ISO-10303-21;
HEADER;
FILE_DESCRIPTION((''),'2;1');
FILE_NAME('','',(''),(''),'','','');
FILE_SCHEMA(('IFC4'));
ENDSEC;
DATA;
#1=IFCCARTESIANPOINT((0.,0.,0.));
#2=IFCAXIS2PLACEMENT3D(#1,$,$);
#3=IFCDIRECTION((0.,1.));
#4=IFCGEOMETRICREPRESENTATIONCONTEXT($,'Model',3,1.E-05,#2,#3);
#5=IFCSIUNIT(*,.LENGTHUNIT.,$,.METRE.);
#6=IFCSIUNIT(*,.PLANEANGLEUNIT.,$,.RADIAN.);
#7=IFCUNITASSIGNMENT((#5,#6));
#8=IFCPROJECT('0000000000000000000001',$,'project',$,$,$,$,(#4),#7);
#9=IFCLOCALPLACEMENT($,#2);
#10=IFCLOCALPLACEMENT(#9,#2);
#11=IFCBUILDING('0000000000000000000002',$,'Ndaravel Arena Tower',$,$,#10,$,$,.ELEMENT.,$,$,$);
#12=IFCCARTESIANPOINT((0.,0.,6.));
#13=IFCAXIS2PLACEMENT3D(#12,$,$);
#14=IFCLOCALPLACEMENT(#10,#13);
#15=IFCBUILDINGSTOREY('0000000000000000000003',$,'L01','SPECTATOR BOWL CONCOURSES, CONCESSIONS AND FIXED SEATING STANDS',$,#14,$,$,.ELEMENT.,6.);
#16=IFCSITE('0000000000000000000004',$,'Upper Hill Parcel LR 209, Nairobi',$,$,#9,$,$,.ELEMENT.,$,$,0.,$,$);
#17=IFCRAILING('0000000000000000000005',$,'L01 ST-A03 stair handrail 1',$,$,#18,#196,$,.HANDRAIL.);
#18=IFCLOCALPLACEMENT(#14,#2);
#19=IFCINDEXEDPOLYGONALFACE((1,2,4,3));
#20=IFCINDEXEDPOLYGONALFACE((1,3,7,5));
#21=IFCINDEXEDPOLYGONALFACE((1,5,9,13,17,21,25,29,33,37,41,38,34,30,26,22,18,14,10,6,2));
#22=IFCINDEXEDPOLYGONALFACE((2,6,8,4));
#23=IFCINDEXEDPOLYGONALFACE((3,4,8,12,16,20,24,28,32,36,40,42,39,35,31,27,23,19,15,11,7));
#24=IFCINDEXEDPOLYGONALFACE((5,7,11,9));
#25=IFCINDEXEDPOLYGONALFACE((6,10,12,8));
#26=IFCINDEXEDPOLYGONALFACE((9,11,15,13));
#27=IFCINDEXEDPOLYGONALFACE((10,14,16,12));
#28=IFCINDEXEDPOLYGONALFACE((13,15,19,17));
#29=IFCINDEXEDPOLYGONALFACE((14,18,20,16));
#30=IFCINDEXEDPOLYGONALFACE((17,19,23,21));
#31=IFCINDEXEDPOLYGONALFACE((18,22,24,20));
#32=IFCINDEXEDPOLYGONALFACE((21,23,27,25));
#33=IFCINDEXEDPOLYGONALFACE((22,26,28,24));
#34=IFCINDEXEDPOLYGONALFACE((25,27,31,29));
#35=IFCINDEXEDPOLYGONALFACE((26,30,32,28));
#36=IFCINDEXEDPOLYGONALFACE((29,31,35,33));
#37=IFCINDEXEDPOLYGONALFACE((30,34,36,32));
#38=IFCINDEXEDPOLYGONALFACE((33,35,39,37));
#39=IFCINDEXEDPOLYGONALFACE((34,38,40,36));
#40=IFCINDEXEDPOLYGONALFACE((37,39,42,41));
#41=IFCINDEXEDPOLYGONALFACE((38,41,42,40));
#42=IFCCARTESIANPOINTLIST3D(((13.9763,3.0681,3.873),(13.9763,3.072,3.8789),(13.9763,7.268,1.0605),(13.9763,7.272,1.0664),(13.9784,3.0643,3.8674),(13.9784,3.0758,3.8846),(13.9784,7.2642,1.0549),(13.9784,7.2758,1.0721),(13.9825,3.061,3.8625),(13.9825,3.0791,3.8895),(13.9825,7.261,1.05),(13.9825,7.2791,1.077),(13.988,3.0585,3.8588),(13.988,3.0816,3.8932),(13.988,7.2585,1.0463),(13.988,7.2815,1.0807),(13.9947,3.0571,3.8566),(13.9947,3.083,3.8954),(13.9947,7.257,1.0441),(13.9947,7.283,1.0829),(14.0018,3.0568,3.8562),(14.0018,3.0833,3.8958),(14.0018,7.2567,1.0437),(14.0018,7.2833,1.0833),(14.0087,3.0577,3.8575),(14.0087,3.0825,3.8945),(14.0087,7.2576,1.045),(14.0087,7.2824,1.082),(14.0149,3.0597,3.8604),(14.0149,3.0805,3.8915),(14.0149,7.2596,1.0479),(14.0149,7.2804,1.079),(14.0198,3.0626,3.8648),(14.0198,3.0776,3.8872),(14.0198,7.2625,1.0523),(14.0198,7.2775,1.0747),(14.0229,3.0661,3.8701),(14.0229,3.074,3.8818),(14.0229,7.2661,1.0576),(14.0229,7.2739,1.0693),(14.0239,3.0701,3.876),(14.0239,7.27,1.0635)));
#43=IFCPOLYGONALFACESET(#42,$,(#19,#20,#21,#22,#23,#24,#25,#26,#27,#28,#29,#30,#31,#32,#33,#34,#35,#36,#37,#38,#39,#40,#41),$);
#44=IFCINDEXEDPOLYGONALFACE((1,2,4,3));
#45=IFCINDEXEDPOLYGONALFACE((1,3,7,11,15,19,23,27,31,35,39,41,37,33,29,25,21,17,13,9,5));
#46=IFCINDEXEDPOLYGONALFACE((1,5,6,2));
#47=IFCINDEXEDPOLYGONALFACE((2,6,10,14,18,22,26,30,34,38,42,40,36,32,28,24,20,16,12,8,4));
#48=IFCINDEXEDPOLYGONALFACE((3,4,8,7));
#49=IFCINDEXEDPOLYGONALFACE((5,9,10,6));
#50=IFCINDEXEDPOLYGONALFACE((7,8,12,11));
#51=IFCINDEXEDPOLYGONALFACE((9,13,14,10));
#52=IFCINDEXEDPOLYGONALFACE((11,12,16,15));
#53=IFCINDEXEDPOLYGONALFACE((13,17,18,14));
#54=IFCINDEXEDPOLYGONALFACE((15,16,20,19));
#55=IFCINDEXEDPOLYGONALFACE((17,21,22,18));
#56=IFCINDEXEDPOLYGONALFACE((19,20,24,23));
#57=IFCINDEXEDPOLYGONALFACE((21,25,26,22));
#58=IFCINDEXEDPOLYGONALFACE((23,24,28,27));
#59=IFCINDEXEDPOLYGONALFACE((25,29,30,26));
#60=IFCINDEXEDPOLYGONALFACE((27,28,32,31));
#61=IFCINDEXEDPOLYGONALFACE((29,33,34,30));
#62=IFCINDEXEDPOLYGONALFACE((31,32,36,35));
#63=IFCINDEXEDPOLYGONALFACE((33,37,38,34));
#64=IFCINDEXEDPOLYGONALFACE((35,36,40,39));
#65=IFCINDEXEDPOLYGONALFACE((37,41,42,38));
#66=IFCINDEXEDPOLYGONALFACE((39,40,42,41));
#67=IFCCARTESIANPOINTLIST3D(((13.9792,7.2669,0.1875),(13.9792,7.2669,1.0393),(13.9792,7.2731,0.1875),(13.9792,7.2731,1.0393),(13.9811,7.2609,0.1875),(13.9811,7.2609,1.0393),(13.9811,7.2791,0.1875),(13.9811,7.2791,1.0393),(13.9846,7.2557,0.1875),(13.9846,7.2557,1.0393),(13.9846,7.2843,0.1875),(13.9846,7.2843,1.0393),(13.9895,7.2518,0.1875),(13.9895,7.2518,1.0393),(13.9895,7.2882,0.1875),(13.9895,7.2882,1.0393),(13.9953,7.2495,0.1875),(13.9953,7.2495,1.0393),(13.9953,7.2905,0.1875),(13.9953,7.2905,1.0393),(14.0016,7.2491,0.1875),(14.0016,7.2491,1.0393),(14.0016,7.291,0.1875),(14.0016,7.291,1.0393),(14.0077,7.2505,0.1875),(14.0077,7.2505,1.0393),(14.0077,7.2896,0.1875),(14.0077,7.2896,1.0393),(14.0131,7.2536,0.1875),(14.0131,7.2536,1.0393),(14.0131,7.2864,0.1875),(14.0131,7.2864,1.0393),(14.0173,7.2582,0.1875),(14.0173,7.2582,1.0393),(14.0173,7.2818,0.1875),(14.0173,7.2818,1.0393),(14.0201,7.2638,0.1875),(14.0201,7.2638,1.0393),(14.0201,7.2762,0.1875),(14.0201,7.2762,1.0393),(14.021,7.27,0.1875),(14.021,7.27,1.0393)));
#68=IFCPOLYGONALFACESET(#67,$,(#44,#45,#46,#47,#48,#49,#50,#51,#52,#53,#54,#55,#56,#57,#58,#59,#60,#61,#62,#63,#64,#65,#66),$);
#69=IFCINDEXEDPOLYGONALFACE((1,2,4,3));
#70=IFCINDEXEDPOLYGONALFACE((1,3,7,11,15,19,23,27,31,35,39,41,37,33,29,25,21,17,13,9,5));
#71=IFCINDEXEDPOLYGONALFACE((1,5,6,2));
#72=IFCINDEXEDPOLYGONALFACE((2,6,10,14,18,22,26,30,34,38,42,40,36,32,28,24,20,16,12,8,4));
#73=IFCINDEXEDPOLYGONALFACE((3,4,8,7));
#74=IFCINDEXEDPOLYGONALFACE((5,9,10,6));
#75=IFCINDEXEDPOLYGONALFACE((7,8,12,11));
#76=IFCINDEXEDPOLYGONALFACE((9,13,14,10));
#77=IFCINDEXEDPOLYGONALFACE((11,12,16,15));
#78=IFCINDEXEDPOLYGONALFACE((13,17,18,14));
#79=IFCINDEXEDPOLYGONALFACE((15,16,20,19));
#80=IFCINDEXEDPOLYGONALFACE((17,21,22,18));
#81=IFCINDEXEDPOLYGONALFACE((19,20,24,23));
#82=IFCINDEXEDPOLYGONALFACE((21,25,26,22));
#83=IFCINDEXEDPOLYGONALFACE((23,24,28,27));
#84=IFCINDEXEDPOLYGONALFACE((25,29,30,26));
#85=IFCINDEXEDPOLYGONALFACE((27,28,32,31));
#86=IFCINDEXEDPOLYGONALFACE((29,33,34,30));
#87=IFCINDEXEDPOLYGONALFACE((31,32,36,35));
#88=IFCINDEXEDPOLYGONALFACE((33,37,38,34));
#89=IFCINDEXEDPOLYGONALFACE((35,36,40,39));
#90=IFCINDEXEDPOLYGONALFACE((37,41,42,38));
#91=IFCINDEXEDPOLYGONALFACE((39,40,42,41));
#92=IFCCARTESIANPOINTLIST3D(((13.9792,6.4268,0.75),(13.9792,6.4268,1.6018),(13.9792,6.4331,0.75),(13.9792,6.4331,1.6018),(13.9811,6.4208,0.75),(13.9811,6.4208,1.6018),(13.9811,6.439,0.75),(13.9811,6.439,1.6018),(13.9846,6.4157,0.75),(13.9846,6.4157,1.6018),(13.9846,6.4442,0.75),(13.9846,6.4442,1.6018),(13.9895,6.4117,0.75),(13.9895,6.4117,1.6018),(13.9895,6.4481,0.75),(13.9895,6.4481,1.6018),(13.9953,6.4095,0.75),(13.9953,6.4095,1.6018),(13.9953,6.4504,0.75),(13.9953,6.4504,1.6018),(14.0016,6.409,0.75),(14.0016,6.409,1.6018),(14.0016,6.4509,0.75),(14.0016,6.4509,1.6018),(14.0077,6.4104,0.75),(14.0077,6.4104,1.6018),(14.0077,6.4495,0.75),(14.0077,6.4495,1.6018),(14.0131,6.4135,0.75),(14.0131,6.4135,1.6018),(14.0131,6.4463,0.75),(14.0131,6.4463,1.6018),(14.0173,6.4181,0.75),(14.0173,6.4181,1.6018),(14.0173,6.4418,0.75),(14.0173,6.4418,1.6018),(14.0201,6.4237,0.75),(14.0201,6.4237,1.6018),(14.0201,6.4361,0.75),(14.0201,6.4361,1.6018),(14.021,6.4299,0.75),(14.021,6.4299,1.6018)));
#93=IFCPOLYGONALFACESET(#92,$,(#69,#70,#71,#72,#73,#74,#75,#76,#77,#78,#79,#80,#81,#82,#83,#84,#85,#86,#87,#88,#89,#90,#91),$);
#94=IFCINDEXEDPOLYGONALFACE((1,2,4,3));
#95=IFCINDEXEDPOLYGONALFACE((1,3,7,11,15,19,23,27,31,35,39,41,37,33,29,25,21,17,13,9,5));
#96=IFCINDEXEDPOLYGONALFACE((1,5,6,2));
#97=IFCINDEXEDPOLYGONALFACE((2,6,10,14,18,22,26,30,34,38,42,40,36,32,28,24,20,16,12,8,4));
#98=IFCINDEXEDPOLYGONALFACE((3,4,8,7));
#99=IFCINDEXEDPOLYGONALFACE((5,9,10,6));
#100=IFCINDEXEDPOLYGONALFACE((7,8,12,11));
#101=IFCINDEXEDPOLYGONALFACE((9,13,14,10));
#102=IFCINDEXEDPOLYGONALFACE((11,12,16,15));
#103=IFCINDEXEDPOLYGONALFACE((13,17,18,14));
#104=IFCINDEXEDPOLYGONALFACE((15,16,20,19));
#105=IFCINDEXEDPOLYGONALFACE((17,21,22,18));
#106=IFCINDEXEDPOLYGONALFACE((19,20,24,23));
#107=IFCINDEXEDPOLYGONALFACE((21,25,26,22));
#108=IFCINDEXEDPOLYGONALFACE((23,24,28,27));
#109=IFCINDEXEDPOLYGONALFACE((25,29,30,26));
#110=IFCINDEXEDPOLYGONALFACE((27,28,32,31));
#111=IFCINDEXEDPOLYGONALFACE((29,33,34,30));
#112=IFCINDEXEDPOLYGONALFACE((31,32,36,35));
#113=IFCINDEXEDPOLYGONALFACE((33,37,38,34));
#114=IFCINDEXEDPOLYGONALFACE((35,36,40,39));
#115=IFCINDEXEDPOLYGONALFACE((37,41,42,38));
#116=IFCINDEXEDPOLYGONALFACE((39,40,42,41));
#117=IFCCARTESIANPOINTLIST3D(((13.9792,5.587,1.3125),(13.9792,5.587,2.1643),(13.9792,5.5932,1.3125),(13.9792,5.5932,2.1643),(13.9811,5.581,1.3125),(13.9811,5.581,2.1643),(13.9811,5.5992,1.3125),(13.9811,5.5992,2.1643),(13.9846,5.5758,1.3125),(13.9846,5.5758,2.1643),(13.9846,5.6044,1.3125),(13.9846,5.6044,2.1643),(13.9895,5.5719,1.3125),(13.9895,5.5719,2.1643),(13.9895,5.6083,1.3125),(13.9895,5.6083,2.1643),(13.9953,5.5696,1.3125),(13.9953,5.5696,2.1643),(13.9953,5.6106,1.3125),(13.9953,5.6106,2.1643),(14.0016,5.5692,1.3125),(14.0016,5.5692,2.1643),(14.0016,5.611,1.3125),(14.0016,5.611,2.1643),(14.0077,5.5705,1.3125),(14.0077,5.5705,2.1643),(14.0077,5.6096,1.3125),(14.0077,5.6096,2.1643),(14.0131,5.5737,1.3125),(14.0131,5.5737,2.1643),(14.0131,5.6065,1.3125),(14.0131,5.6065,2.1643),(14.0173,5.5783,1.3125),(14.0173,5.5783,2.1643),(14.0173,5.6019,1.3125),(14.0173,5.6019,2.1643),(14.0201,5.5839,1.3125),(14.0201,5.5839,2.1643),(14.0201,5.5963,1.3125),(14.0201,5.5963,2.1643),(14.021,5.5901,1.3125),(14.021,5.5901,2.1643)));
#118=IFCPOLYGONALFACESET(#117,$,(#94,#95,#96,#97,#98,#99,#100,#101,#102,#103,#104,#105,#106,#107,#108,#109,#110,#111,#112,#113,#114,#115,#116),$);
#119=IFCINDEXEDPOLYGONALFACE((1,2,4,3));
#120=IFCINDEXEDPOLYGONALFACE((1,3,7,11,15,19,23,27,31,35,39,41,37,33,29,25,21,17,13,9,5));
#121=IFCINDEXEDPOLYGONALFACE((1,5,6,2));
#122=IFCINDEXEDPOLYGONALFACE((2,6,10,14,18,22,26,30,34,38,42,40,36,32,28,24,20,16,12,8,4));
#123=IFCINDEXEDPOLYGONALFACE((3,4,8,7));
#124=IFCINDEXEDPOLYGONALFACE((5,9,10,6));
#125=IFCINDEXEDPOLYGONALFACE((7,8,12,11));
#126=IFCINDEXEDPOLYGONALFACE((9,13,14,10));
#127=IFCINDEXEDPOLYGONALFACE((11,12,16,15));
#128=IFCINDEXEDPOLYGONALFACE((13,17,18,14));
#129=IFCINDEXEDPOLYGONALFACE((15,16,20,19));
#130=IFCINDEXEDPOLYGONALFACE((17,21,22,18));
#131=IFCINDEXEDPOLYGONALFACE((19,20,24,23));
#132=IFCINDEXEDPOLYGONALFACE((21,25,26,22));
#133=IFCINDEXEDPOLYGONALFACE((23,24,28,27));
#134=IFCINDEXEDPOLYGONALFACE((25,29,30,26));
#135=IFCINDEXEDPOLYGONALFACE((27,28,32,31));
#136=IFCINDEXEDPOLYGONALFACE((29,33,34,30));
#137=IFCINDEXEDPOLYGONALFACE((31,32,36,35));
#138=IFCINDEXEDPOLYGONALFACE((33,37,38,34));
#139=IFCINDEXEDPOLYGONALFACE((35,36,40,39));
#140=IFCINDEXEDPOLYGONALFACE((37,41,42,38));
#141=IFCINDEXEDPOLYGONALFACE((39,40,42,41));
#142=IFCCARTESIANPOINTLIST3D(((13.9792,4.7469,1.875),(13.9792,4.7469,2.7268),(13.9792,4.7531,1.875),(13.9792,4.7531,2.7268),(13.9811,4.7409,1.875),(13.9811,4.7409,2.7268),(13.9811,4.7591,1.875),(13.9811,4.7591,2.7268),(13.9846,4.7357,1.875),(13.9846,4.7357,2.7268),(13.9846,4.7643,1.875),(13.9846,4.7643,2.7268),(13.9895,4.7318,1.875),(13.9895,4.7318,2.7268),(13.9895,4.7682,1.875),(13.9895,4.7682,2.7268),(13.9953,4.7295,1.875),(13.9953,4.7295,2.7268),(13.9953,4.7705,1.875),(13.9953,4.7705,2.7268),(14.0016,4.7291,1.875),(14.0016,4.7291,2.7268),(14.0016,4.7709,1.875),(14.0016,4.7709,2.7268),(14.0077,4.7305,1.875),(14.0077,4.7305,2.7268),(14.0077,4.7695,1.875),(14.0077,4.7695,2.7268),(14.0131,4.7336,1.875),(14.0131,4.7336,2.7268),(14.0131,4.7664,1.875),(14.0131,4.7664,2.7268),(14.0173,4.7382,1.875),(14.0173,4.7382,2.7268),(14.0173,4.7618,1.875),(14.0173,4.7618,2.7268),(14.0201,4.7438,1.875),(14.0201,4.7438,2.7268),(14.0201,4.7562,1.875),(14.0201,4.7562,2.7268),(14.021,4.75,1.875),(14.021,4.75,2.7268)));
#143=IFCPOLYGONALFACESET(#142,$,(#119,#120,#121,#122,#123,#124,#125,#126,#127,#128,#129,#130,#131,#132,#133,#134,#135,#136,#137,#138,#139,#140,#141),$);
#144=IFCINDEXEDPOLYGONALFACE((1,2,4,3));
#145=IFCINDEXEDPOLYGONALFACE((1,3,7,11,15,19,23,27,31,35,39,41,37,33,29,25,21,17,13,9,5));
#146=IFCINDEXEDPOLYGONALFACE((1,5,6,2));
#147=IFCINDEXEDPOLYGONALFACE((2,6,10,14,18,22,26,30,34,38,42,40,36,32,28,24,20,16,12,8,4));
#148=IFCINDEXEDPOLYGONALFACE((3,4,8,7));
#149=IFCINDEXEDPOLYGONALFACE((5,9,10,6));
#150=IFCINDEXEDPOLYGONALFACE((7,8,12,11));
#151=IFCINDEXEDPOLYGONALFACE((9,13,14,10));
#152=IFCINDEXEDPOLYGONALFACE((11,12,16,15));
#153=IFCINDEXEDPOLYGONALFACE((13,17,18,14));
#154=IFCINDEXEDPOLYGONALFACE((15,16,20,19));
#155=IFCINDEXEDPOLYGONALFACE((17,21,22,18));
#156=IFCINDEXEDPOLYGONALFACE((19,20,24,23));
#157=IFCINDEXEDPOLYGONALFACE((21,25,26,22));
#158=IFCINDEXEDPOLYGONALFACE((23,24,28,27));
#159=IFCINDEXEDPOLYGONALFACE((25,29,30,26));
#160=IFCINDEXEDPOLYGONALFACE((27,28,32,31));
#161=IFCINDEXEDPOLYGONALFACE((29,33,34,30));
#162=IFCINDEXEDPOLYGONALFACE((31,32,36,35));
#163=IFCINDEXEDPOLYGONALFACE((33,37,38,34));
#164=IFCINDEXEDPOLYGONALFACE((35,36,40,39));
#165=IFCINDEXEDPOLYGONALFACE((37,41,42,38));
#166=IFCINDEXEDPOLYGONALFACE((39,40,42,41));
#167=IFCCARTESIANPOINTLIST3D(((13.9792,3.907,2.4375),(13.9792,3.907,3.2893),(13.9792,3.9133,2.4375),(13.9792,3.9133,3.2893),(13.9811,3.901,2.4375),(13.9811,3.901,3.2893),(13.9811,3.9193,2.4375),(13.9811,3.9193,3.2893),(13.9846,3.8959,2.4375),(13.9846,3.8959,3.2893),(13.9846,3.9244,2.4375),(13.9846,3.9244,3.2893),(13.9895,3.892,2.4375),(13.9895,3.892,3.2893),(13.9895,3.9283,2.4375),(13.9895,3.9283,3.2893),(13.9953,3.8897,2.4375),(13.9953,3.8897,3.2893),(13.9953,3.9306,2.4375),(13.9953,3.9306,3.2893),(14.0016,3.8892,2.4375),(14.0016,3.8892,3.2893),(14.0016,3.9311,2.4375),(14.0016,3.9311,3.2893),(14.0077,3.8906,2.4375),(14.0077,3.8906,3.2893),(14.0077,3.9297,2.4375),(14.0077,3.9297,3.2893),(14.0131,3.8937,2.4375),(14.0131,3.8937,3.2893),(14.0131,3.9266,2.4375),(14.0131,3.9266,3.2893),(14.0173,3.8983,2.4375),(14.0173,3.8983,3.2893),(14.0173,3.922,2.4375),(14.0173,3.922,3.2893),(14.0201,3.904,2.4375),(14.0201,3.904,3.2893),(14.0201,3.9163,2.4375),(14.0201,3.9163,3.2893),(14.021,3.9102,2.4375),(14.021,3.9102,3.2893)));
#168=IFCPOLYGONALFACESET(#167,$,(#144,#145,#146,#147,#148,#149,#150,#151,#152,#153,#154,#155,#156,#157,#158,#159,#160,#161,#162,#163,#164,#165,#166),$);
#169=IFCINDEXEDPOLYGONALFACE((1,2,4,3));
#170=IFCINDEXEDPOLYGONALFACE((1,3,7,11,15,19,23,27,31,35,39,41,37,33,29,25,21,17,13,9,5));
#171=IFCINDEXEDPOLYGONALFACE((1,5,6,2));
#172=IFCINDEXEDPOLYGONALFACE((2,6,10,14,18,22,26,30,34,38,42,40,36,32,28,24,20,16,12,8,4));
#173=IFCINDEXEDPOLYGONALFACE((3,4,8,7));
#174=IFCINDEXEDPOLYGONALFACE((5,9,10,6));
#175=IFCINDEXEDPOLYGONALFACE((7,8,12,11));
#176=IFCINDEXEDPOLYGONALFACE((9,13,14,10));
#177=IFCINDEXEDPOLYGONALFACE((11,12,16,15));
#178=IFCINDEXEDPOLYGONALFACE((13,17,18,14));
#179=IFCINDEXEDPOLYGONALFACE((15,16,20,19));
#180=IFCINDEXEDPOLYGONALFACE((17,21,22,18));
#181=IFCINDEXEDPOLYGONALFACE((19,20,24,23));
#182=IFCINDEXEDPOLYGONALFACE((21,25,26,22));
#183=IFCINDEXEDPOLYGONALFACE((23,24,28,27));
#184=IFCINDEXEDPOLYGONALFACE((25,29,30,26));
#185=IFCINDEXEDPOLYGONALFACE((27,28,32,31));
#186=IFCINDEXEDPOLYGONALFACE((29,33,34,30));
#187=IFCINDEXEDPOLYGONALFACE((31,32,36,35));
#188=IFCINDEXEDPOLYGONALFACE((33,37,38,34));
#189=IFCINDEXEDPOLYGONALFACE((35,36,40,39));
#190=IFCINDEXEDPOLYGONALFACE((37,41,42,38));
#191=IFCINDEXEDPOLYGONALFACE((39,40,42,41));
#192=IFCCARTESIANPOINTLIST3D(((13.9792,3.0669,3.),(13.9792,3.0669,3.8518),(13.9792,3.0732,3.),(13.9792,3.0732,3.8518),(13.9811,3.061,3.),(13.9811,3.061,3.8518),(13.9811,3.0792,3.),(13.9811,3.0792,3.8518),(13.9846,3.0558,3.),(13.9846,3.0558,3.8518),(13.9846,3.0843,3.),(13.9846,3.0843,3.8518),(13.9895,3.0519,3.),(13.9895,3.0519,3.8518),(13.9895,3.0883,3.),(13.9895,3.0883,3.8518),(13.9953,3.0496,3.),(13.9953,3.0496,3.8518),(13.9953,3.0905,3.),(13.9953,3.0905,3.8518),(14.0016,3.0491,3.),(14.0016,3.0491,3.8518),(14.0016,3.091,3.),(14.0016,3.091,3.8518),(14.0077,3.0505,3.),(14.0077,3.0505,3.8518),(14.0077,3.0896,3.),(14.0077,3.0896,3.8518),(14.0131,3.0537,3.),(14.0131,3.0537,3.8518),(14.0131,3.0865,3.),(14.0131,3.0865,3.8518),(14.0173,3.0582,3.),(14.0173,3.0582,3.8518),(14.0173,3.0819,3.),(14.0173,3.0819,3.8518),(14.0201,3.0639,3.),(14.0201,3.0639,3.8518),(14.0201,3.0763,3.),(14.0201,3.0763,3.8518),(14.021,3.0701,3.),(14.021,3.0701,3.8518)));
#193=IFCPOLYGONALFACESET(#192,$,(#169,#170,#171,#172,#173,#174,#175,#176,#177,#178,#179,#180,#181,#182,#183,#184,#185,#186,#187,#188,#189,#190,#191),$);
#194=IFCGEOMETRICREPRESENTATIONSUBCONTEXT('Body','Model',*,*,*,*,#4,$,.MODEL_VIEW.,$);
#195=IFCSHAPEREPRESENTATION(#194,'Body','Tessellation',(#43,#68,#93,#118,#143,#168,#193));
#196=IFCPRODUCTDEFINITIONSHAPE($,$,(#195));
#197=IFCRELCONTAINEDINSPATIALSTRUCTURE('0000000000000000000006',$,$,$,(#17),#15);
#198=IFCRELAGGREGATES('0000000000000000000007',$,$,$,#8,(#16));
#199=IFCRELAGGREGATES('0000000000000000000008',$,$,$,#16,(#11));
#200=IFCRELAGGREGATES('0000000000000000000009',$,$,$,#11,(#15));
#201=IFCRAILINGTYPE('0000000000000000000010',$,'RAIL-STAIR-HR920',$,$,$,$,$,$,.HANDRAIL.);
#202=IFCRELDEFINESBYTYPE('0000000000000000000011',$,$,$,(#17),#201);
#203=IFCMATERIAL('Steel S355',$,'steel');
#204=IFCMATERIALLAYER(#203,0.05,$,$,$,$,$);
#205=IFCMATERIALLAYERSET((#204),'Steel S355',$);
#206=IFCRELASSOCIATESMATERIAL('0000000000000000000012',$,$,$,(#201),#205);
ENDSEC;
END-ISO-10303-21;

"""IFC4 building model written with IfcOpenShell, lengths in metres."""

from ifc_helpers import new_model, si_unit, direction, frame, origin, origin_2d, place, context, subcontext, project, spatial, circle, extrude, material, layer, layer_set, type_object, element, save


model = new_model("IFC4")

# Units and contexts
model_context = context("Model", 3, precision=1e-05, world=origin(), true_north=direction((0.0, 1.0)))
body_context = subcontext(model_context, "Body", "Model", "MODEL_VIEW")
ifc_project = project(units=[si_unit("LENGTHUNIT", "METRE"), si_unit("PLANEANGLEUNIT", "RADIAN")], contexts=[model_context])

# Site, building, storey
site_placement = place(None, origin())
site = spatial("IfcSite", under=ifc_project, at=site_placement, Name="Upper Hill Parcel LR 209, Nairobi", CompositionType="ELEMENT", RefElevation=0.0)
building_placement = place(site_placement, origin())
building = spatial("IfcBuilding", under=site, at=building_placement, Name="Ndaravel Arena Tower", CompositionType="ELEMENT")
storey_placement = place(building_placement, frame((0.0, 0.0, 6.0)))
storey = spatial("IfcBuildingStorey", under=building, at=storey_placement, Name="L01", Description="SPECTATOR BOWL CONCOURSES, CONCESSIONS AND FIXED SEATING STANDS", CompositionType="ELEMENT", Elevation=6.0)

# Railing
ifc_material_1 = material(Name="Steel S355", Category="steel")
ifc_layer_1 = layer(ifc_material_1, 0.05)
ifc_layer_set_1 = layer_set([ifc_layer_1], Name="Steel S355")
railing_type_1 = type_object("IfcRailingType", Name="RAIL-STAIR-HR920", PredefinedType="HANDRAIL", material=ifc_layer_set_1)
railing_1_placement = place(storey_placement, frame((14.0, 7.27, 0.1875)))
element("IfcRailing", 1, at=railing_1_placement, inside=storey, type_object=railing_type_1, Name="L01 ST-A03 stair handrail 1", PredefinedType="HANDRAIL", context=body_context, shape_type="SweptSolid", body=[
    extrude(circle(Radius=0.0239, at=origin_2d()), frame((0.0, 0.0, 0.876), z_axis=(0.0, -0.830904, 0.556416), x_axis=(1.0, 0.0, 0.0)), (0.0, 0.0, 1.0), 5.0547),
    extrude(circle(Radius=0.021, at=origin_2d()), origin(), (0.0, 0.0, 1.0), 0.8518),
    extrude(circle(Radius=0.021, at=origin_2d()), frame((0.0, -0.8401, 0.5625)), (0.0, 0.0, 1.0), 0.8518),
    extrude(circle(Radius=0.021, at=origin_2d()), frame((0.0, -1.6799, 1.125)), (0.0, 0.0, 1.0), 0.8518),
    extrude(circle(Radius=0.021, at=origin_2d()), frame((0.0, -2.52, 1.6875)), (0.0, 0.0, 1.0), 0.8518),
    extrude(circle(Radius=0.021, at=origin_2d()), frame((0.0, -3.3599, 2.25)), (0.0, 0.0, 1.0), 0.8518),
    extrude(circle(Radius=0.021, at=origin_2d()), frame((0.0, -4.2, 2.8125)), (0.0, 0.0, 1.0), 0.8518),
])

save(model, "model.ifc")
